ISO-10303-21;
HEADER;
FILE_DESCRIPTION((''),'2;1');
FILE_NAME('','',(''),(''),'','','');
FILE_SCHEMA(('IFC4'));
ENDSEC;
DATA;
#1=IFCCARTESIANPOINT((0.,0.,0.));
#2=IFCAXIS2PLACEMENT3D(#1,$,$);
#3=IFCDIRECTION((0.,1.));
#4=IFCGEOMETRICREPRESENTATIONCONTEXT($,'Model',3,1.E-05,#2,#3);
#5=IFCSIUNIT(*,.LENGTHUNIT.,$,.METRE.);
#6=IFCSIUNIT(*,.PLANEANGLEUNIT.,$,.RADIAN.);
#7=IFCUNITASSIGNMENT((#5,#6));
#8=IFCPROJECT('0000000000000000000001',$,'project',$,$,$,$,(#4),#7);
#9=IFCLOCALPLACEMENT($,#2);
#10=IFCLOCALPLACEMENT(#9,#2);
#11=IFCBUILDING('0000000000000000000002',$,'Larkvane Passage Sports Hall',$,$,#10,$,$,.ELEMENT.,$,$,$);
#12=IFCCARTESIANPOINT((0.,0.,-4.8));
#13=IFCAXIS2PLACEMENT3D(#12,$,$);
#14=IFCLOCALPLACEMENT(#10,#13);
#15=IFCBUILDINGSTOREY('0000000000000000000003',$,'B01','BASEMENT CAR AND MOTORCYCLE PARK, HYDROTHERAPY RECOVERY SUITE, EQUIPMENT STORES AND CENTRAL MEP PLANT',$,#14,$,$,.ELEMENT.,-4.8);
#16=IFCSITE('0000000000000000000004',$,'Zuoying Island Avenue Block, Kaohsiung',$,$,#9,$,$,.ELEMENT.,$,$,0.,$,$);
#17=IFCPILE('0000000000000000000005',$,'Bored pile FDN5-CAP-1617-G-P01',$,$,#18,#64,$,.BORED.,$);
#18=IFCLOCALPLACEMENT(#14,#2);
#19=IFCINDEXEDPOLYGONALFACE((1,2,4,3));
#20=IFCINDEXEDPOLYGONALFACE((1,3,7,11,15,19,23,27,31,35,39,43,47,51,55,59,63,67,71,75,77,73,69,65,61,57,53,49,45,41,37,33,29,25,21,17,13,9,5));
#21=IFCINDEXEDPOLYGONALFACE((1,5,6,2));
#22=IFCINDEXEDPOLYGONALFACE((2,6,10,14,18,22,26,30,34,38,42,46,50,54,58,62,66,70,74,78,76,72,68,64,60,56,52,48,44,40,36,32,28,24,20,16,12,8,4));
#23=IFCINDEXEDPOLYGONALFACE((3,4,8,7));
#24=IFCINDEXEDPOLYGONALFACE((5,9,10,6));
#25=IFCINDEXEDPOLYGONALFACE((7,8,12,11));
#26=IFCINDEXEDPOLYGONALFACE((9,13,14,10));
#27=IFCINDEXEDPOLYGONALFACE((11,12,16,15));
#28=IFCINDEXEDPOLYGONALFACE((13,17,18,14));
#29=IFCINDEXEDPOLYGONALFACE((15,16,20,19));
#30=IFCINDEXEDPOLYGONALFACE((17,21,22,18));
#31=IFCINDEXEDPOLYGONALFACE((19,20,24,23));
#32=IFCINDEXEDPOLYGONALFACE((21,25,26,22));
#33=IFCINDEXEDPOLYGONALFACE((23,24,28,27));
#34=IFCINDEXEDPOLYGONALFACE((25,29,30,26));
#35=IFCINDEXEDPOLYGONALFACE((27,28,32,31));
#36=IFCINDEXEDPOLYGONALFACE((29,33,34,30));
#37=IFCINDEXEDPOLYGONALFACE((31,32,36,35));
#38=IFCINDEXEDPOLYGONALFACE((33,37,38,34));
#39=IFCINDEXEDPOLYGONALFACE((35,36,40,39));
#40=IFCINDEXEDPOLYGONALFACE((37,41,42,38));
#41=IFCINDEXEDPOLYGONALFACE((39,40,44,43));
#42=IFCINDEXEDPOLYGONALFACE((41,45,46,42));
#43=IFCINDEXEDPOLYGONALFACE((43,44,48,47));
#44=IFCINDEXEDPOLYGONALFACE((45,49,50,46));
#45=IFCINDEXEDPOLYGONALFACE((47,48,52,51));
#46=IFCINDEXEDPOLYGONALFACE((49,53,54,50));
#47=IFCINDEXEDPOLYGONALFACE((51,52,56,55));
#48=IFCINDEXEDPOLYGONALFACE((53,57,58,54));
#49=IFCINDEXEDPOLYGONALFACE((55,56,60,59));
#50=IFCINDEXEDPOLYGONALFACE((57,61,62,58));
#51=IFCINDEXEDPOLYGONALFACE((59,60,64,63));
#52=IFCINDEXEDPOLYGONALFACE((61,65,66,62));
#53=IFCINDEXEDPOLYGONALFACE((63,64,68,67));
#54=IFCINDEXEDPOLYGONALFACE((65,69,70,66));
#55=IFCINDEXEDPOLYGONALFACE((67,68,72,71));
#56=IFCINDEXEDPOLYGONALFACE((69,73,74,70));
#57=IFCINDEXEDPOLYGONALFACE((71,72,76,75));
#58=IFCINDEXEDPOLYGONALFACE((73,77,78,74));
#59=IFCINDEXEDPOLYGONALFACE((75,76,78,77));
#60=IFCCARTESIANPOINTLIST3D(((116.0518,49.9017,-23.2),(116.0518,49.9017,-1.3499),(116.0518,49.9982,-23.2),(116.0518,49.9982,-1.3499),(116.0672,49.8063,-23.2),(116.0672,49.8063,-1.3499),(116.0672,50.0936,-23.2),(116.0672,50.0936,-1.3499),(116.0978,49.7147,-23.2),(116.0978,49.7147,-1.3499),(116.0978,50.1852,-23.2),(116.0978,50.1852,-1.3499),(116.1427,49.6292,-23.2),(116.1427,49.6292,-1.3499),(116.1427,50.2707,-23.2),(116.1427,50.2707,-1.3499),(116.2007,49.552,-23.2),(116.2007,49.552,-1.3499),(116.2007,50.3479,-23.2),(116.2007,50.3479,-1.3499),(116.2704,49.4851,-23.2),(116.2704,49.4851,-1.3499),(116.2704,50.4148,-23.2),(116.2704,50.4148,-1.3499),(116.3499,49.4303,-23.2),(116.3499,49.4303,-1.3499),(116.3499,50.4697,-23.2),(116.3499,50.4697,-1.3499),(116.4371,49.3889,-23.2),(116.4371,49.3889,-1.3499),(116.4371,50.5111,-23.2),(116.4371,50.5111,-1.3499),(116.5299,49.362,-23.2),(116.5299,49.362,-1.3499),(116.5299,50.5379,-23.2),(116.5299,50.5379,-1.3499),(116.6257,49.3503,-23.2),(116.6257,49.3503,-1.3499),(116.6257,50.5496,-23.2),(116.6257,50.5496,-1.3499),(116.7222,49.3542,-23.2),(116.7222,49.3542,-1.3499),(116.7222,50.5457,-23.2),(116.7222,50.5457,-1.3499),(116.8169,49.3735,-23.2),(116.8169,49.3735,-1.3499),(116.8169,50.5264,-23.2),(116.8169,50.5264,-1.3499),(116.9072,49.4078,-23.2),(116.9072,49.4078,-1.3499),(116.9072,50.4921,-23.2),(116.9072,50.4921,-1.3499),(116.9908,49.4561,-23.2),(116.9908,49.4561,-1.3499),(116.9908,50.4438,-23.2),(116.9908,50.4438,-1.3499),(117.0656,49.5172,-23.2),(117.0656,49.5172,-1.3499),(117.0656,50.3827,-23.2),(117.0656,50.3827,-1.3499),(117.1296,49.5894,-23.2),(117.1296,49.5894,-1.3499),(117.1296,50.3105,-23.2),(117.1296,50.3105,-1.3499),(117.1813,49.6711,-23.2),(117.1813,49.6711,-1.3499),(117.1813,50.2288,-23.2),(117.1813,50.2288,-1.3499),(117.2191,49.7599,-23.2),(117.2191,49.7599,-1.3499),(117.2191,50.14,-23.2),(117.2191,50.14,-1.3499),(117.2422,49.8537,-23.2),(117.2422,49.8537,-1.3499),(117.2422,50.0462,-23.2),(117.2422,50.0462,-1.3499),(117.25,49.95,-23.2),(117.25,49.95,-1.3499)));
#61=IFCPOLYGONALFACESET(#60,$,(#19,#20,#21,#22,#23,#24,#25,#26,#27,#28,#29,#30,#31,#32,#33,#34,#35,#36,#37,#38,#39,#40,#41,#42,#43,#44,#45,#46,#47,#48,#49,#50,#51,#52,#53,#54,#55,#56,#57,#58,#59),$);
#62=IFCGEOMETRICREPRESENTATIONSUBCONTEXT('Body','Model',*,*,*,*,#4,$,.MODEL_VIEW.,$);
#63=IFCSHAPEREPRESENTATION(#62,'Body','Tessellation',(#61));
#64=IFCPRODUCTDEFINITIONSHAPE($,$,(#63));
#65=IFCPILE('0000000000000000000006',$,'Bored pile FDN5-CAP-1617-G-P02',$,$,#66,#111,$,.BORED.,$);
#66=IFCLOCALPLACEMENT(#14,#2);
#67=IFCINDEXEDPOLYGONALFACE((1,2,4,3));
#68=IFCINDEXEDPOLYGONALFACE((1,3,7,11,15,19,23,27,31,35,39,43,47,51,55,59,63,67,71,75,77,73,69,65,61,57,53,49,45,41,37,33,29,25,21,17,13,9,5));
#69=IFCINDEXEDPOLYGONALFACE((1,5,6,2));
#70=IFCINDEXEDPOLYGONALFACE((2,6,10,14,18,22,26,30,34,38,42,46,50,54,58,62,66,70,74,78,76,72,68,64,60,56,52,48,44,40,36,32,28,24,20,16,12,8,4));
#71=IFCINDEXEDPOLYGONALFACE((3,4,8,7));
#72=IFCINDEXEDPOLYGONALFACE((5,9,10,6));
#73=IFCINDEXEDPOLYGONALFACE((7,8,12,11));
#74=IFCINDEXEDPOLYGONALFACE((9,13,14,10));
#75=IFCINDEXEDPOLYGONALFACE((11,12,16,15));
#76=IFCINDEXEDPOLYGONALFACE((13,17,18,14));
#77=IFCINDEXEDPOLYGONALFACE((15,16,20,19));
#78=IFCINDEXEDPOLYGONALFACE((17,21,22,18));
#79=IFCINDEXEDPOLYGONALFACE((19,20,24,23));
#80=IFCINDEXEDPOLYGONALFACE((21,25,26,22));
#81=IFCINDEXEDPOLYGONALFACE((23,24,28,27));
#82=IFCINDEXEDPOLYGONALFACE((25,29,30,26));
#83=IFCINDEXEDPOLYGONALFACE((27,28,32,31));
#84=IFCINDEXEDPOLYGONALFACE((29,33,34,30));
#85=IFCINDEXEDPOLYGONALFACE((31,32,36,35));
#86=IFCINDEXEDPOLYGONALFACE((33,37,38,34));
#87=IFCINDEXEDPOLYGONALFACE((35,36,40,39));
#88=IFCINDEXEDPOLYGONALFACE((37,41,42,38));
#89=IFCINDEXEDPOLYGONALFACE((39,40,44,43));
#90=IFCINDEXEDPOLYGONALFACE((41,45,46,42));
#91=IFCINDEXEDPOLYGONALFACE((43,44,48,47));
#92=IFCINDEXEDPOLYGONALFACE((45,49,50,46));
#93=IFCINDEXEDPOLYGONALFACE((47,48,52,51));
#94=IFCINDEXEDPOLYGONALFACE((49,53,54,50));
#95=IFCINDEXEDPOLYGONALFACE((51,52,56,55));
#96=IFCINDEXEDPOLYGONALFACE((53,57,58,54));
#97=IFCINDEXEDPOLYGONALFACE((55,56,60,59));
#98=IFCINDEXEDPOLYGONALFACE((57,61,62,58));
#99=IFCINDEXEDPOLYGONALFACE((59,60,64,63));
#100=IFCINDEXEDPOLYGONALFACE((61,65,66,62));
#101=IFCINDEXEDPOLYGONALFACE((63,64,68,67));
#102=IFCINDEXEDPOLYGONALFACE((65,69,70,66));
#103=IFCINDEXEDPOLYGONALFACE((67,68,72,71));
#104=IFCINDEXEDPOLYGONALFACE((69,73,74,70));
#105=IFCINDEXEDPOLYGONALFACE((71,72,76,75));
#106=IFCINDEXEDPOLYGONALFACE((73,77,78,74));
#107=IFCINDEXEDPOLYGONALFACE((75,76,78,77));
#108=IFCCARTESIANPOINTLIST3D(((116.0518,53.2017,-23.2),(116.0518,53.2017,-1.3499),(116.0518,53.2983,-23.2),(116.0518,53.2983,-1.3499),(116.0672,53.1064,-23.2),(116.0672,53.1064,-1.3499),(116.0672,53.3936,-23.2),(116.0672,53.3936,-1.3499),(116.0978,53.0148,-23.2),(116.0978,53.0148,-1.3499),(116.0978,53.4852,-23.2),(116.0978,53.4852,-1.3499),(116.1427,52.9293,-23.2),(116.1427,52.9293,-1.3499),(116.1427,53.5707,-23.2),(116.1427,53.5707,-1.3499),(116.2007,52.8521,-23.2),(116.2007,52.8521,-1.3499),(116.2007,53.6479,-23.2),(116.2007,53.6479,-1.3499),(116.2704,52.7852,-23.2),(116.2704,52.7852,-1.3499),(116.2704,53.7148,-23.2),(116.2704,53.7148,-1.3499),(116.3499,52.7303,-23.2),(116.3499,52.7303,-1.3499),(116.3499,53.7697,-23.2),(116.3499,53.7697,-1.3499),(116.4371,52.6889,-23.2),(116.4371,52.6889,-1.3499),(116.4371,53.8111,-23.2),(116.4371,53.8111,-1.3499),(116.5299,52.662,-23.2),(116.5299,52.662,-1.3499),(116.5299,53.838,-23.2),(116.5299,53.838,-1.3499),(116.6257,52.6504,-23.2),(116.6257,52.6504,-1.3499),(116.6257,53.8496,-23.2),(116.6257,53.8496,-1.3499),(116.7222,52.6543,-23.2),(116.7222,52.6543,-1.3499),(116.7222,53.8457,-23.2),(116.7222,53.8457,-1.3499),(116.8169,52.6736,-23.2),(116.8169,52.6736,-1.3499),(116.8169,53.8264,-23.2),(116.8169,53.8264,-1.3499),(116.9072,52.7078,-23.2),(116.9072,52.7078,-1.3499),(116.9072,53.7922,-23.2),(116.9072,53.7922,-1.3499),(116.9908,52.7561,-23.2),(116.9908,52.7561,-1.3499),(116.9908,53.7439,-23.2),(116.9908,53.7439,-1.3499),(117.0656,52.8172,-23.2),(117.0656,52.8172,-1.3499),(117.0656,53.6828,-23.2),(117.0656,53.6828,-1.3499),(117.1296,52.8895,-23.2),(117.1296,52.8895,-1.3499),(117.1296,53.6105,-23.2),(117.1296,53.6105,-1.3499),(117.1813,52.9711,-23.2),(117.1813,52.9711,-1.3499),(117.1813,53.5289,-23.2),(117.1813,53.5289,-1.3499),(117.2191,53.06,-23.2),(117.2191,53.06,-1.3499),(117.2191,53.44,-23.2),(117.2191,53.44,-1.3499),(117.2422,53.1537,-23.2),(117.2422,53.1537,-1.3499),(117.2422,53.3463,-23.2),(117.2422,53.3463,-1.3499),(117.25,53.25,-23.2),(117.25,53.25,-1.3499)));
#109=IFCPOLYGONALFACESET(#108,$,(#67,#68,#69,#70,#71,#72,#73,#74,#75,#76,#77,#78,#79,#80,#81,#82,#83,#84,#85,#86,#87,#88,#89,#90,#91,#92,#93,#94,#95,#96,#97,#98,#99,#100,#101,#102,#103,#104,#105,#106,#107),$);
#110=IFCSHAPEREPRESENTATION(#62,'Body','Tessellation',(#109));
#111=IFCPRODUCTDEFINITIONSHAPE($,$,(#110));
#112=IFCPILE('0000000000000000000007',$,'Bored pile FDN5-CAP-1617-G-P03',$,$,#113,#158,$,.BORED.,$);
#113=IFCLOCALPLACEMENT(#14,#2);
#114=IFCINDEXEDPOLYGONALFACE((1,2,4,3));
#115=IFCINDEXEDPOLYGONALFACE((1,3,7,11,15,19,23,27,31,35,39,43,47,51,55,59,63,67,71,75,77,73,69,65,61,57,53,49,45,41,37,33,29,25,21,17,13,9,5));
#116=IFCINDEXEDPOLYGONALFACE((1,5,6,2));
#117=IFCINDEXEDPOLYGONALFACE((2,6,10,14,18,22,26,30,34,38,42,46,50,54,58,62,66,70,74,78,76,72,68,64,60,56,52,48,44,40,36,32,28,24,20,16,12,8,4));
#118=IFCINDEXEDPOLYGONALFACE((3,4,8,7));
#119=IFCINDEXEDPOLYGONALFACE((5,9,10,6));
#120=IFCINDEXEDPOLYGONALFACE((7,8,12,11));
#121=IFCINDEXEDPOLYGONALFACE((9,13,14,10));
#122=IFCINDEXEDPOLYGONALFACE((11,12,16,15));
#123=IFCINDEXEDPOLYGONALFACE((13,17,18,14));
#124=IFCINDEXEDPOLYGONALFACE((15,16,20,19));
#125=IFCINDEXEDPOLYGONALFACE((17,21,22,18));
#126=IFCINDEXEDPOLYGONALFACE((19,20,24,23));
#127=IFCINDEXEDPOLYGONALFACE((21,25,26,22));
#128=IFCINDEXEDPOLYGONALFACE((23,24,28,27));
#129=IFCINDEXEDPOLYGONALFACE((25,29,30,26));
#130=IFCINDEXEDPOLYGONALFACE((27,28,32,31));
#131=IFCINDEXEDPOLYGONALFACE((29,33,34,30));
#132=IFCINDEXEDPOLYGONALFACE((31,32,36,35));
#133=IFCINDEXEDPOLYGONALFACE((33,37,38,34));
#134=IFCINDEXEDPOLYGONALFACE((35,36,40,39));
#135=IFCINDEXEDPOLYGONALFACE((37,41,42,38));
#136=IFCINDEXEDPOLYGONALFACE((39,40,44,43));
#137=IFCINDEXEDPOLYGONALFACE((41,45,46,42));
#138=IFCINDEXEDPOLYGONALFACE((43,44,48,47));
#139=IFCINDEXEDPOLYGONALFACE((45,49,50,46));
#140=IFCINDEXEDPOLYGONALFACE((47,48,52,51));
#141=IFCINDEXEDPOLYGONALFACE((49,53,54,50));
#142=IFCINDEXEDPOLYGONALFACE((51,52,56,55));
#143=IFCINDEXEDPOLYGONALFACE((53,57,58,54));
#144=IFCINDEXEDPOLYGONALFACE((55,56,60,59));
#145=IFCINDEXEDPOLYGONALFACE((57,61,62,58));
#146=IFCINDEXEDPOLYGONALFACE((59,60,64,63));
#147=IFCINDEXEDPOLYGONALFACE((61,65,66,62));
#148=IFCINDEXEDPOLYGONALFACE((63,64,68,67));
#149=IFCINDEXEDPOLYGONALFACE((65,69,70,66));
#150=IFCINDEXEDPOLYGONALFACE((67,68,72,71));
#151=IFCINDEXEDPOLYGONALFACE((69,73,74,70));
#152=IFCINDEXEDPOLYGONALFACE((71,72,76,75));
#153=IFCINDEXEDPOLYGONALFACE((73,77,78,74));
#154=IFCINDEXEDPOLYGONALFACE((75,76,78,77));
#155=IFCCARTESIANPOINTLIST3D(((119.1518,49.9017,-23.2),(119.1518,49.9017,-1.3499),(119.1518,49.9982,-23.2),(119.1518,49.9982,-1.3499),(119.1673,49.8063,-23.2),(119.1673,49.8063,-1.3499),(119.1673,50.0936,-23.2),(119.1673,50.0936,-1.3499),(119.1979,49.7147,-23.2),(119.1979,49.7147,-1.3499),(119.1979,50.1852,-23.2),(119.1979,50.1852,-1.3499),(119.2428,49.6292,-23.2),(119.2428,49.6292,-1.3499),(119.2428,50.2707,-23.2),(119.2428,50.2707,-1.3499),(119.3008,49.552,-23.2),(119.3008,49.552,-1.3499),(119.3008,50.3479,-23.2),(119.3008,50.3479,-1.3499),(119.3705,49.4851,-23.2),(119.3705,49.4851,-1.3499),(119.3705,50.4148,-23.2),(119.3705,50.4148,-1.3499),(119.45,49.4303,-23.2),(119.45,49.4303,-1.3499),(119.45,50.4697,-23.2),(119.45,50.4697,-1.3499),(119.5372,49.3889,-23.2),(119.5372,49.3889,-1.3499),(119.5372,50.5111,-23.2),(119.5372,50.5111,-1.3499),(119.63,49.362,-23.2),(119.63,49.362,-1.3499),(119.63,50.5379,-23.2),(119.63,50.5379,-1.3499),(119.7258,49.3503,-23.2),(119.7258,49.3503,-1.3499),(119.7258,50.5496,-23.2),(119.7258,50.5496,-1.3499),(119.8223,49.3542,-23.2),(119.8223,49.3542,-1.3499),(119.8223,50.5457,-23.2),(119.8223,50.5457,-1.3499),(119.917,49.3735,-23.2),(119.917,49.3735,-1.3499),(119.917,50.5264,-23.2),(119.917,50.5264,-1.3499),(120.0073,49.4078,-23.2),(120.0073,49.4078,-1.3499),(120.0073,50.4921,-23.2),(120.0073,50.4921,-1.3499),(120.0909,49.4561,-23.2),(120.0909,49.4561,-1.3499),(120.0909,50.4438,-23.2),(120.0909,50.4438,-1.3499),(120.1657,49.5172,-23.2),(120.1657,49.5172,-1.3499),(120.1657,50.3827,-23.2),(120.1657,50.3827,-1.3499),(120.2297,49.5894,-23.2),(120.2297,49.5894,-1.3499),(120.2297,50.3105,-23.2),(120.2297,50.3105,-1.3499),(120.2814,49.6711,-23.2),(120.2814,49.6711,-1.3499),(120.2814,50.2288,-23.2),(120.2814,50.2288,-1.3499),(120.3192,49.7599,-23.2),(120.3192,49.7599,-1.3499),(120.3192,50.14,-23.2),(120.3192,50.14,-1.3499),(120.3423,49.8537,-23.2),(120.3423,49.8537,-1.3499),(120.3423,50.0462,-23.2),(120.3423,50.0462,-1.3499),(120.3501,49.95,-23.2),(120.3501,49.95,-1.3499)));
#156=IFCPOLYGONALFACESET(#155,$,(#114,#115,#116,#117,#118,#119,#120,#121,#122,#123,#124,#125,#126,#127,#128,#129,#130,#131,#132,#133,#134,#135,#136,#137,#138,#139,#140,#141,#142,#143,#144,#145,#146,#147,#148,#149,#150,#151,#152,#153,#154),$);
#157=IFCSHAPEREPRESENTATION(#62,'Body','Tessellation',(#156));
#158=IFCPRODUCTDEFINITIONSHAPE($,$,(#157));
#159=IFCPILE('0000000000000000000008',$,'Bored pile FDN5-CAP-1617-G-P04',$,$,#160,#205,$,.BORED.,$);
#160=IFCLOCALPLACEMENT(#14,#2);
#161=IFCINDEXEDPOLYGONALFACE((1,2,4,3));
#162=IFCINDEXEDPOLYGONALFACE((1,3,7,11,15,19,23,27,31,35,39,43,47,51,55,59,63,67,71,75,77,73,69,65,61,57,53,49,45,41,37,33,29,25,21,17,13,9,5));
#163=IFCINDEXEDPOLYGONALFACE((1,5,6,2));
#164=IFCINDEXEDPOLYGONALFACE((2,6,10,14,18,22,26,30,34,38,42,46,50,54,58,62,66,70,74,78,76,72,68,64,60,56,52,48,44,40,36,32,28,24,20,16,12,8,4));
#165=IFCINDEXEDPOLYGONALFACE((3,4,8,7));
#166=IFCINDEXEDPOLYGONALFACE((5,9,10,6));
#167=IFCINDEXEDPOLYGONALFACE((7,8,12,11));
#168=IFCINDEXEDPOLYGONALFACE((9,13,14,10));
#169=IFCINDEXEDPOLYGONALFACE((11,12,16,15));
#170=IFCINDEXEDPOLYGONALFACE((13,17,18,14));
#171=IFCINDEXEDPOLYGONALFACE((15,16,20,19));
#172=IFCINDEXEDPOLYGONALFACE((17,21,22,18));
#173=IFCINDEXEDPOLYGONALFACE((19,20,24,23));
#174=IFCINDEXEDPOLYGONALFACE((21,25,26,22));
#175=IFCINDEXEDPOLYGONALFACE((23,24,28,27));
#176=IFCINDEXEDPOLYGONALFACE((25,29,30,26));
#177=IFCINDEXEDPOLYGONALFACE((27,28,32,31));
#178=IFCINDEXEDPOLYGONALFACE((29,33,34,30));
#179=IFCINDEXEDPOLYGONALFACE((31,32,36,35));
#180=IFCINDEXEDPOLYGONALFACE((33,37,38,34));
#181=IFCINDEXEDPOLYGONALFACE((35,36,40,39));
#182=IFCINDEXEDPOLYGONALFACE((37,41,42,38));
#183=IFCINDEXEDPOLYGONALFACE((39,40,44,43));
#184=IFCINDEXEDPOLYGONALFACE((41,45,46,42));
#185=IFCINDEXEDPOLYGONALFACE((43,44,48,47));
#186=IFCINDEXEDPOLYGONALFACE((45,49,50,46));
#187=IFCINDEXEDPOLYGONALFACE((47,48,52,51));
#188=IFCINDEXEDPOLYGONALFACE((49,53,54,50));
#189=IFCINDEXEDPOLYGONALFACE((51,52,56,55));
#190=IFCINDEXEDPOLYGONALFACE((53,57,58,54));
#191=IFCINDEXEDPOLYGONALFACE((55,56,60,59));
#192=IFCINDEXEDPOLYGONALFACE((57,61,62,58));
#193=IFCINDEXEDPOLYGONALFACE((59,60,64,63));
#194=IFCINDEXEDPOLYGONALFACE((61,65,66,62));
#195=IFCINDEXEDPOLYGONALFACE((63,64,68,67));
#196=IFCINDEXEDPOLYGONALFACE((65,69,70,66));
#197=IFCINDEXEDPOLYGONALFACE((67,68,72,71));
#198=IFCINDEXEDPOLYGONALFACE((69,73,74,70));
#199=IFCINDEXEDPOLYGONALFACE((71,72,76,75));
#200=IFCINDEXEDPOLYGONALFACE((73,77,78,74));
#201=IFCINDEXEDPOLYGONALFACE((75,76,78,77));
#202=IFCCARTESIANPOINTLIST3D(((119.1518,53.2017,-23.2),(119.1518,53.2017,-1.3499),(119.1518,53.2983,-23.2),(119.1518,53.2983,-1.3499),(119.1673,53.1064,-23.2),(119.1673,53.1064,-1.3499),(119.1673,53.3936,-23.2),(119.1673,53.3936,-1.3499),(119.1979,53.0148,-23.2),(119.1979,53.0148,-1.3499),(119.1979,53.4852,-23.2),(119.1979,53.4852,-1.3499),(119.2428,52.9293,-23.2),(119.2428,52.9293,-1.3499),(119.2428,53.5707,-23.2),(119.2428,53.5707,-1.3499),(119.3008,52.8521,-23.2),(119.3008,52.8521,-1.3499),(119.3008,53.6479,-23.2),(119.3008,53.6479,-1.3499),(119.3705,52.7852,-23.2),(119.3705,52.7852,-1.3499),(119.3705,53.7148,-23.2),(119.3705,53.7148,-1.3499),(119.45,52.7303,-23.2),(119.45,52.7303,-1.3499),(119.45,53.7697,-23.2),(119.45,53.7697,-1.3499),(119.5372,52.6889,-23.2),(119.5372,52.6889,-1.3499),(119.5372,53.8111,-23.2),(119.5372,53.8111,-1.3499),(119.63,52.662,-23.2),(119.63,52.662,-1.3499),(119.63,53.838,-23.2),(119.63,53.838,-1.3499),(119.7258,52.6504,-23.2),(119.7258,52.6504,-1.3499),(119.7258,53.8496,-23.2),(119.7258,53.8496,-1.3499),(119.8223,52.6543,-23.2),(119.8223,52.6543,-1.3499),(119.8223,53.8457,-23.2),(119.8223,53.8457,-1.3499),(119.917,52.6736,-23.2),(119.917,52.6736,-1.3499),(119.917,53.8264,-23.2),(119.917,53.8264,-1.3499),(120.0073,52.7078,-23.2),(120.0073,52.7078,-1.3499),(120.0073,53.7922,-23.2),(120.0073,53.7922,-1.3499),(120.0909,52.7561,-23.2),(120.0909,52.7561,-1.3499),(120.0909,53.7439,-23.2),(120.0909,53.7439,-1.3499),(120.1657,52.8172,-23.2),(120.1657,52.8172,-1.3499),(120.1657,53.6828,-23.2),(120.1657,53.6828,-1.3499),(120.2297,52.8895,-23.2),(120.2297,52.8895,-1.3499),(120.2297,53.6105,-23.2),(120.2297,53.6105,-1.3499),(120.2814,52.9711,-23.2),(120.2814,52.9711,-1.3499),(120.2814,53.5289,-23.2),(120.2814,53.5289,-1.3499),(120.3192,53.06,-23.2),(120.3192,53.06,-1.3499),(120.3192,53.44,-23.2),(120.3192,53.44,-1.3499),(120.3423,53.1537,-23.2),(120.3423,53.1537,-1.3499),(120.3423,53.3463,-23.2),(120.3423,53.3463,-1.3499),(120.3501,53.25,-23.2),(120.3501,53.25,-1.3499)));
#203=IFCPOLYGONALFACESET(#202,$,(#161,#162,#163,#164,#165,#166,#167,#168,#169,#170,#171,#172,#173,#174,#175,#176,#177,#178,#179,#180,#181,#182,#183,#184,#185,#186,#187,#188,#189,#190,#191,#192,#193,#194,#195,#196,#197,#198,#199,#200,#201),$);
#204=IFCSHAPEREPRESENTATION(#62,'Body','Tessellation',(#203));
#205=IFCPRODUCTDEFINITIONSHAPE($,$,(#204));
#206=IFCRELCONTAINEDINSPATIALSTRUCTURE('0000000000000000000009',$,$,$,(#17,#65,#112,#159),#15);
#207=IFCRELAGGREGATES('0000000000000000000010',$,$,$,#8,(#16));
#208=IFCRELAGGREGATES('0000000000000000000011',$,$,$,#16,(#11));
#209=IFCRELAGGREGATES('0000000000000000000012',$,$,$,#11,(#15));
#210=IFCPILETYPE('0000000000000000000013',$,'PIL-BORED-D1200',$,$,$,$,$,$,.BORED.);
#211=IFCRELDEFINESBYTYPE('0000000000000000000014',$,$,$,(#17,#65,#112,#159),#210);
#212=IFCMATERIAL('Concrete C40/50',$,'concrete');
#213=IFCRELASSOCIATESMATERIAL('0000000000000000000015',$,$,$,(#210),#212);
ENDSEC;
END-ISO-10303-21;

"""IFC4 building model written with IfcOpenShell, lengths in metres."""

from ifc_helpers import new_model, si_unit, direction, frame, origin, origin_2d, place, context, subcontext, project, spatial, circle, extrude, material, material_profile, profile_set, type_object, element, save


model = new_model("IFC4")

# Units and contexts
model_context = context("Model", 3, precision=1e-05, world=origin(), true_north=direction((0.0, 1.0)))
body_context = subcontext(model_context, "Body", "Model", "MODEL_VIEW")
ifc_project = project(units=[si_unit("LENGTHUNIT", "METRE"), si_unit("PLANEANGLEUNIT", "RADIAN")], contexts=[model_context])

# Site, building, storey
site_placement = place(None, origin())
site = spatial("IfcSite", under=ifc_project, at=site_placement, Name="Zuoying Island Avenue Block, Kaohsiung", CompositionType="ELEMENT", RefElevation=0.0)
building_placement = place(site_placement, origin())
building = spatial("IfcBuilding", under=site, at=building_placement, Name="Larkvane Passage Sports Hall", CompositionType="ELEMENT")
storey_placement = place(building_placement, frame((0.0, 0.0, -4.8)))
storey = spatial("IfcBuildingStorey", under=building, at=storey_placement, Name="B01", Description="BASEMENT CAR AND MOTORCYCLE PARK, HYDROTHERAPY RECOVERY SUITE, EQUIPMENT STORES AND CENTRAL MEP PLANT", CompositionType="ELEMENT", Elevation=-4.8)

# Shared definitions
ifc_material_1 = material(Name="Concrete C40/50", Category="concrete")

# Piles
ifc_material_profile_1 = material_profile(ifc_material_1, circle(Radius=0.6001, at=origin_2d()), Name="PILE-D1200")
ifc_profile_set_1 = profile_set([ifc_material_profile_1], Name="Concrete C40/50")
pile_type_1 = type_object("IfcPileType", Name="PIL-BORED-D1200", PredefinedType="BORED", material=ifc_profile_set_1)
for number, where, z_axis, x_axis, name in (
    (1, (116.6499, 49.95, -1.3499), (0.0, 0.0, -1.0), (1.0, 0.0, 0.0), "Bored pile FDN5-CAP-1617-G-P01"),
    (2, (116.6499, 53.25, -1.3499), (0.0, 0.0, -1.0), (1.0, 0.0, 0.0), "Bored pile FDN5-CAP-1617-G-P02"),
    (3, (119.75, 49.95, -1.3499), (0.0, 0.0, -1.0), (1.0, 0.0, 0.0), "Bored pile FDN5-CAP-1617-G-P03"),
    (4, (119.75, 53.25, -1.3499), (0.0, 0.0, -1.0), (1.0, 0.0, 0.0), "Bored pile FDN5-CAP-1617-G-P04"),
):
    element("IfcPile", number, at=place(storey_placement, frame(where, z_axis=z_axis, x_axis=x_axis)), inside=storey, type_object=pile_type_1, Name=name, PredefinedType="BORED", context=body_context, shape_type="SweptSolid", body=[
        extrude(circle(Radius=0.6001, at=origin_2d()), origin(), (0.0, 0.0, 1.0), 21.8501),
    ])

save(model, "model.ifc")
